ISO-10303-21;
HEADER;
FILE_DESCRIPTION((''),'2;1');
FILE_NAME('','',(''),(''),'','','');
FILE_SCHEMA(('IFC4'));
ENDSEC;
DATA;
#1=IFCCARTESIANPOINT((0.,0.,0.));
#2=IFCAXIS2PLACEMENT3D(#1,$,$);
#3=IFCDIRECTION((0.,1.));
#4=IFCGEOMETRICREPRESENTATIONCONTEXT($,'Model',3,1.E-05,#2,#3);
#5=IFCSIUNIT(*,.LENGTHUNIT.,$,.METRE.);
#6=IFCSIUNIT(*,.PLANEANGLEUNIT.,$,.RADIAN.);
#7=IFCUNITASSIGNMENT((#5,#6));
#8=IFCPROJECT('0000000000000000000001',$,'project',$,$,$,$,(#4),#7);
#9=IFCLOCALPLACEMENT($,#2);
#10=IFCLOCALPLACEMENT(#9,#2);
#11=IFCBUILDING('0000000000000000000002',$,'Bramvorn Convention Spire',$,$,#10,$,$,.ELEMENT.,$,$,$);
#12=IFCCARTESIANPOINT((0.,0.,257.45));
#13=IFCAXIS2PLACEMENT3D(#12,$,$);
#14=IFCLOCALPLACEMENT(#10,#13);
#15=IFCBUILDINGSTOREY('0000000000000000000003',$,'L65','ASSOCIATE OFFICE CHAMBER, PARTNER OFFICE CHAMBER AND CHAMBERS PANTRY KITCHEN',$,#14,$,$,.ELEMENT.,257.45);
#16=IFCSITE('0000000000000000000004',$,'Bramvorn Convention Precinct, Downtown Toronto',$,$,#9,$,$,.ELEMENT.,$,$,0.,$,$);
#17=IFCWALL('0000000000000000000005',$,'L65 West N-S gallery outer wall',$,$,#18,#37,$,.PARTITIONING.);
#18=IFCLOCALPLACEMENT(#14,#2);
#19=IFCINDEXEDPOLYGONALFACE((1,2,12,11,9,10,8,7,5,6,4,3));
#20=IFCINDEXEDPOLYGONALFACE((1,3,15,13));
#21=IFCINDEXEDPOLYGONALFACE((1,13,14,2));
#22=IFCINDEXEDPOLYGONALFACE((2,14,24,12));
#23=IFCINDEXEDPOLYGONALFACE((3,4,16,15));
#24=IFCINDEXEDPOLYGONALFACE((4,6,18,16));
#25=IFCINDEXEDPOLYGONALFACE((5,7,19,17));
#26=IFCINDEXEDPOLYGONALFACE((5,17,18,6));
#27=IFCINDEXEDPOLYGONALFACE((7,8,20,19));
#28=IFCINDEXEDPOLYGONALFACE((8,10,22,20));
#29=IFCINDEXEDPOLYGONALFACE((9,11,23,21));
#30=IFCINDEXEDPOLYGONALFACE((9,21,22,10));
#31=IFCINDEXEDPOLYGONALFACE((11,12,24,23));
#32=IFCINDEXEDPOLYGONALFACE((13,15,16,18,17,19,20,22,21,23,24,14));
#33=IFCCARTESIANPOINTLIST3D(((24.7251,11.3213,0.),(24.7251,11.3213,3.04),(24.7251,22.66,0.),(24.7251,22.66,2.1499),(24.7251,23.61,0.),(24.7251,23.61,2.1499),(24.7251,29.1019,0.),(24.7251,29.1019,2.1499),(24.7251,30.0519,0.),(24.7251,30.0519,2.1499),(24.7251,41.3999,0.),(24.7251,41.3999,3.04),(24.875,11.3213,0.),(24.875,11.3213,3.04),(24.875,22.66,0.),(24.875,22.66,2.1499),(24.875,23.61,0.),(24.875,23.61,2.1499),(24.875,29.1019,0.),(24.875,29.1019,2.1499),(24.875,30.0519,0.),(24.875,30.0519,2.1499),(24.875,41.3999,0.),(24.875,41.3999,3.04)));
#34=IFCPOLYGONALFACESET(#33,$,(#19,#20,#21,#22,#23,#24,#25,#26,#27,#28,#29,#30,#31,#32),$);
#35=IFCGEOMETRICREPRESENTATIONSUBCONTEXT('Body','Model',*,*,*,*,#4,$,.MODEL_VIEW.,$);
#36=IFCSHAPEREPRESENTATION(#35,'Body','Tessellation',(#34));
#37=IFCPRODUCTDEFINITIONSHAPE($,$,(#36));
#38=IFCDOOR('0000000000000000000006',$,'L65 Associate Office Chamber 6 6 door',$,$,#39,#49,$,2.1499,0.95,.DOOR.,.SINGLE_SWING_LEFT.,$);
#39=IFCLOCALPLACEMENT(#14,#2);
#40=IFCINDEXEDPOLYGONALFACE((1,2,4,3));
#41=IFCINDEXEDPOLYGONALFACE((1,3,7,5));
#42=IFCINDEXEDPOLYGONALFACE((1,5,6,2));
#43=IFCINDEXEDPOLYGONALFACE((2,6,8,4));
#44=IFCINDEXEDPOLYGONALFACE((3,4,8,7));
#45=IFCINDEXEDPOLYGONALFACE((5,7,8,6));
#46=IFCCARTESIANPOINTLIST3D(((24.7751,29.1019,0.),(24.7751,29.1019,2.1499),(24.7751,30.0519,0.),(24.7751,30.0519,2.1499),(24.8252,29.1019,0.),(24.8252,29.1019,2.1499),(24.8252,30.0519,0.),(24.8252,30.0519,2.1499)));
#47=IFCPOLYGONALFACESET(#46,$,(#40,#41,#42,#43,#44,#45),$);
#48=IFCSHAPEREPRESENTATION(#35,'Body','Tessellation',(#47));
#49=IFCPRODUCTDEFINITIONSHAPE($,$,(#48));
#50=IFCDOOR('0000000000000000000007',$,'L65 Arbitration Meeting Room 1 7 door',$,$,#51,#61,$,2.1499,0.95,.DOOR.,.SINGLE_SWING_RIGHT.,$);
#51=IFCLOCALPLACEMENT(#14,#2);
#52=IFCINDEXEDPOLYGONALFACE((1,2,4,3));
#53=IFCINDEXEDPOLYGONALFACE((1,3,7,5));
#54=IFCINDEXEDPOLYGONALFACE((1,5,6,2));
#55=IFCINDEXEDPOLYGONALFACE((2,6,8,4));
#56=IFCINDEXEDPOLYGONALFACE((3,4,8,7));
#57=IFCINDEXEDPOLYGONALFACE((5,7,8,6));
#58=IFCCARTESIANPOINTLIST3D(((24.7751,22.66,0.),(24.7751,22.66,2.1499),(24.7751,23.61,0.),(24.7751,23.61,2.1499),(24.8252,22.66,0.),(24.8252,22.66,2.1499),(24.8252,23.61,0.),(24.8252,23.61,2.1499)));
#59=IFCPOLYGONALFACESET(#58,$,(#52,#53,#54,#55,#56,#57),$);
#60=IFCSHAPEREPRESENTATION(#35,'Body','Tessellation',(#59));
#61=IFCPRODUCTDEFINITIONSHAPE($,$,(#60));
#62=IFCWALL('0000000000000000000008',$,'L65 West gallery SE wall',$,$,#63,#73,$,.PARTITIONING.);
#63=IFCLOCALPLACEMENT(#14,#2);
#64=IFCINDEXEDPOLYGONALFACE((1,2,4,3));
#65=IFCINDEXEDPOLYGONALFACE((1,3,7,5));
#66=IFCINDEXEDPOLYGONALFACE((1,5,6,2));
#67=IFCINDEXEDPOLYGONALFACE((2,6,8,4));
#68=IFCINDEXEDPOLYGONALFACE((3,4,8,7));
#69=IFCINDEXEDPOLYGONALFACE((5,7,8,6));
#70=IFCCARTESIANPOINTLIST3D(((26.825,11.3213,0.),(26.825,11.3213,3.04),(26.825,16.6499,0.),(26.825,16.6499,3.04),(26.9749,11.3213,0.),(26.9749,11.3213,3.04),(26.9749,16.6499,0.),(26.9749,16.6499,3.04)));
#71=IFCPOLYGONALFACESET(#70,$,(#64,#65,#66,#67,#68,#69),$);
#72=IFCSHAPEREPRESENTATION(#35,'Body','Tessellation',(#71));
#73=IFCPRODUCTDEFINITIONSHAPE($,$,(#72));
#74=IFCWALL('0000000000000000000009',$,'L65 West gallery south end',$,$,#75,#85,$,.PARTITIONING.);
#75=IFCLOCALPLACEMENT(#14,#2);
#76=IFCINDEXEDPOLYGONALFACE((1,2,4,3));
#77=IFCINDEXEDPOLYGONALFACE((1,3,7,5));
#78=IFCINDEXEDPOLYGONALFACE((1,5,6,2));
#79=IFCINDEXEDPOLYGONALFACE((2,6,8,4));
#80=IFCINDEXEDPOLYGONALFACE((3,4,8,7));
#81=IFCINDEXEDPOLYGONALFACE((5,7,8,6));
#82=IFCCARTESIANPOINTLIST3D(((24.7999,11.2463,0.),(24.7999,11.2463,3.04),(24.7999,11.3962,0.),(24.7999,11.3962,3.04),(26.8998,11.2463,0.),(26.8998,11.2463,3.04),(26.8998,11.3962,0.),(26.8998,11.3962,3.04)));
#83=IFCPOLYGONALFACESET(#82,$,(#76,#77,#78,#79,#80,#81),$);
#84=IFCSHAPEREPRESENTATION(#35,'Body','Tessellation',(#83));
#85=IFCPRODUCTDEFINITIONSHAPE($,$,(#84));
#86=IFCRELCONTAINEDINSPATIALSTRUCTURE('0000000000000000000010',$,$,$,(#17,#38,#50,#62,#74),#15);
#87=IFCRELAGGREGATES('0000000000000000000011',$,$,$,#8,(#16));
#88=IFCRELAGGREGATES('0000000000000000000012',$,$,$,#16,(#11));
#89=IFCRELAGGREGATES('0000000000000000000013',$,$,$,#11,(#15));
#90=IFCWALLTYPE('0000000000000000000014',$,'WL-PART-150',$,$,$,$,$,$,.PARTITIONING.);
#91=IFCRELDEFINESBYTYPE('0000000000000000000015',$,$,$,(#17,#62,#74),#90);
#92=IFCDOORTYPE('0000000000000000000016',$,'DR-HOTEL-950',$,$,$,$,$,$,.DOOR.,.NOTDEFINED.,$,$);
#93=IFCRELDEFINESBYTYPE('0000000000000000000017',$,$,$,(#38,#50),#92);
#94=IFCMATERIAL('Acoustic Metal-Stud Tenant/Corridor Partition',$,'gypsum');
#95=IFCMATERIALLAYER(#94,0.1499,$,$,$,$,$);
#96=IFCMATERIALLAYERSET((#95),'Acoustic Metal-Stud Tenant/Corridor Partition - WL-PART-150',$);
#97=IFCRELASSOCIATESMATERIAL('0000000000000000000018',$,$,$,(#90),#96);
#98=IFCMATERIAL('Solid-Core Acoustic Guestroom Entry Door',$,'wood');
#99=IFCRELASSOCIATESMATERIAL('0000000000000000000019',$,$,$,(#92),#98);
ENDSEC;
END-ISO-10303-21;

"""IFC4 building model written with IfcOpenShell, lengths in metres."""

from ifc_helpers import new_model, si_unit, direction, frame, frame_2d, origin, place, context, subcontext, project, spatial, rectangle, extrude, material, layer, layer_set, type_object, element, fill, save


model = new_model("IFC4")

# Units and contexts
model_context = context("Model", 3, precision=1e-05, world=origin(), true_north=direction((0.0, 1.0)))
body_context = subcontext(model_context, "Body", "Model", "MODEL_VIEW")
ifc_project = project(units=[si_unit("LENGTHUNIT", "METRE"), si_unit("PLANEANGLEUNIT", "RADIAN")], contexts=[model_context])

# Site, building, storey
site_placement = place(None, origin())
site = spatial("IfcSite", under=ifc_project, at=site_placement, Name="Bramvorn Convention Precinct, Downtown Toronto", CompositionType="ELEMENT", RefElevation=0.0)
building_placement = place(site_placement, origin())
building = spatial("IfcBuilding", under=site, at=building_placement, Name="Bramvorn Convention Spire", CompositionType="ELEMENT")
storey_placement = place(building_placement, frame((0.0, 0.0, 257.45)))
storey = spatial("IfcBuildingStorey", under=building, at=storey_placement, Name="L65", Description="ASSOCIATE OFFICE CHAMBER, PARTNER OFFICE CHAMBER AND CHAMBERS PANTRY KITCHEN", CompositionType="ELEMENT", Elevation=257.45)

# Wall, openings, doors
ifc_material_1 = material(Name="Acoustic Metal-Stud Tenant/Corridor Partition", Category="gypsum")
ifc_layer_1 = layer(ifc_material_1, 0.1499)
ifc_layer_set_1 = layer_set([ifc_layer_1], Name="Acoustic Metal-Stud Tenant/Corridor Partition - WL-PART-150")
wall_type_1 = type_object("IfcWallType", Name="WL-PART-150", PredefinedType="PARTITIONING", material=ifc_layer_set_1)
ifc_material_2 = material(Name="Solid-Core Acoustic Guestroom Entry Door", Category="wood")
door_type_1 = type_object("IfcDoorType", Name="DR-HOTEL-950", OperationType="NOTDEFINED", PredefinedType="DOOR", material=ifc_material_2)
wall_1_placement = place(storey_placement, frame((24.8, 11.3213, 0.0), z_axis=(0.0, 0.0, 1.0), x_axis=(0.0, 1.0, 0.0)))
wall_1 = element("IfcWall", 1, at=wall_1_placement, inside=storey, type_object=wall_type_1, Name="L65 West N-S gallery outer wall", PredefinedType="PARTITIONING", context=body_context, shape_type="SweptSolid", body=[
    extrude(rectangle(XDim=30.0786, YDim=0.1499, at=frame_2d((15.0393, 0.0))), origin(), (0.0, 0.0, 1.0), 3.04),
])
opening_1_placement = place(wall_1_placement, frame((17.7805, 0.0, 0.0)))
opening_1 = element("IfcOpeningElement", 2, at=opening_1_placement, cuts=wall_1, PredefinedType="OPENING", context=body_context, shape_type="SweptSolid", body=[
    extrude(rectangle(XDim=0.95, YDim=2.1499, at=frame_2d((0.4751, 1.075))), frame((0.0, 0.085, 0.0), z_axis=(0.0, -1.0, 0.0), x_axis=(1.0, 0.0, 0.0)), (0.0, 0.0, 1.0), 0.1699),
])
opening_2_placement = place(wall_1_placement, frame((11.3386, 0.0, 0.0)))
opening_2 = element("IfcOpeningElement", 3, at=opening_2_placement, cuts=wall_1, PredefinedType="OPENING", context=body_context, shape_type="SweptSolid", body=[
    extrude(rectangle(XDim=0.95, YDim=2.1499, at=frame_2d((0.4751, 1.075))), frame((0.0, 0.085, 0.0), z_axis=(0.0, -1.0, 0.0), x_axis=(1.0, 0.0, 0.0)), (0.0, 0.0, 1.0), 0.1699),
])
door_1_placement = place(opening_1_placement, origin())
door_1 = element("IfcDoor", 4, at=door_1_placement, inside=storey, type_object=door_type_1, Name="L65 Associate Office Chamber 6 6 door", OperationType="SINGLE_SWING_LEFT", OverallHeight=2.1499, OverallWidth=0.95, PredefinedType="DOOR", context=body_context, shape_type="SweptSolid", body=[
    extrude(rectangle(XDim=0.95, YDim=2.1499, at=frame_2d((0.4751, 1.075))), frame((0.0, 0.0249, 0.0), z_axis=(0.0, -1.0, 0.0), x_axis=(1.0, 0.0, 0.0)), (0.0, 0.0, 1.0), 0.05),
])
fill(opening_1, door_1)
door_2_placement = place(opening_2_placement, origin())
door_2 = element("IfcDoor", 5, at=door_2_placement, inside=storey, type_object=door_type_1, Name="L65 Arbitration Meeting Room 1 7 door", OperationType="SINGLE_SWING_RIGHT", OverallHeight=2.1499, OverallWidth=0.95, PredefinedType="DOOR", context=body_context, shape_type="SweptSolid", body=[
    extrude(rectangle(XDim=0.95, YDim=2.1499, at=frame_2d((0.4751, 1.075))), frame((0.0, 0.0249, 0.0), z_axis=(0.0, -1.0, 0.0), x_axis=(1.0, 0.0, 0.0)), (0.0, 0.0, 1.0), 0.05),
])
fill(opening_2, door_2)

# Walls
wall_2_placement = place(storey_placement, frame((26.8999, 11.3213, 0.0), z_axis=(0.0, 0.0, 1.0), x_axis=(0.0, 1.0, 0.0)))
element("IfcWall", 6, at=wall_2_placement, inside=storey, type_object=wall_type_1, Name="L65 West gallery SE wall", PredefinedType="PARTITIONING", context=body_context, shape_type="SweptSolid", body=[
    extrude(rectangle(XDim=5.3286, YDim=0.1499, at=frame_2d((2.6643, 0.0))), origin(), (0.0, 0.0, 1.0), 3.04),
])
wall_3_placement = place(storey_placement, frame((24.8, 11.3213, 0.0), z_axis=(0.0, 0.0, 1.0), x_axis=(1.0, 0.0, 0.0)))
element("IfcWall", 7, at=wall_3_placement, inside=storey, type_object=wall_type_1, Name="L65 West gallery south end", PredefinedType="PARTITIONING", context=body_context, shape_type="SweptSolid", body=[
    extrude(rectangle(XDim=2.0999, YDim=0.1499, at=frame_2d((1.0498, 0.0))), origin(), (0.0, 0.0, 1.0), 3.04),
])

save(model, "model.ifc")
